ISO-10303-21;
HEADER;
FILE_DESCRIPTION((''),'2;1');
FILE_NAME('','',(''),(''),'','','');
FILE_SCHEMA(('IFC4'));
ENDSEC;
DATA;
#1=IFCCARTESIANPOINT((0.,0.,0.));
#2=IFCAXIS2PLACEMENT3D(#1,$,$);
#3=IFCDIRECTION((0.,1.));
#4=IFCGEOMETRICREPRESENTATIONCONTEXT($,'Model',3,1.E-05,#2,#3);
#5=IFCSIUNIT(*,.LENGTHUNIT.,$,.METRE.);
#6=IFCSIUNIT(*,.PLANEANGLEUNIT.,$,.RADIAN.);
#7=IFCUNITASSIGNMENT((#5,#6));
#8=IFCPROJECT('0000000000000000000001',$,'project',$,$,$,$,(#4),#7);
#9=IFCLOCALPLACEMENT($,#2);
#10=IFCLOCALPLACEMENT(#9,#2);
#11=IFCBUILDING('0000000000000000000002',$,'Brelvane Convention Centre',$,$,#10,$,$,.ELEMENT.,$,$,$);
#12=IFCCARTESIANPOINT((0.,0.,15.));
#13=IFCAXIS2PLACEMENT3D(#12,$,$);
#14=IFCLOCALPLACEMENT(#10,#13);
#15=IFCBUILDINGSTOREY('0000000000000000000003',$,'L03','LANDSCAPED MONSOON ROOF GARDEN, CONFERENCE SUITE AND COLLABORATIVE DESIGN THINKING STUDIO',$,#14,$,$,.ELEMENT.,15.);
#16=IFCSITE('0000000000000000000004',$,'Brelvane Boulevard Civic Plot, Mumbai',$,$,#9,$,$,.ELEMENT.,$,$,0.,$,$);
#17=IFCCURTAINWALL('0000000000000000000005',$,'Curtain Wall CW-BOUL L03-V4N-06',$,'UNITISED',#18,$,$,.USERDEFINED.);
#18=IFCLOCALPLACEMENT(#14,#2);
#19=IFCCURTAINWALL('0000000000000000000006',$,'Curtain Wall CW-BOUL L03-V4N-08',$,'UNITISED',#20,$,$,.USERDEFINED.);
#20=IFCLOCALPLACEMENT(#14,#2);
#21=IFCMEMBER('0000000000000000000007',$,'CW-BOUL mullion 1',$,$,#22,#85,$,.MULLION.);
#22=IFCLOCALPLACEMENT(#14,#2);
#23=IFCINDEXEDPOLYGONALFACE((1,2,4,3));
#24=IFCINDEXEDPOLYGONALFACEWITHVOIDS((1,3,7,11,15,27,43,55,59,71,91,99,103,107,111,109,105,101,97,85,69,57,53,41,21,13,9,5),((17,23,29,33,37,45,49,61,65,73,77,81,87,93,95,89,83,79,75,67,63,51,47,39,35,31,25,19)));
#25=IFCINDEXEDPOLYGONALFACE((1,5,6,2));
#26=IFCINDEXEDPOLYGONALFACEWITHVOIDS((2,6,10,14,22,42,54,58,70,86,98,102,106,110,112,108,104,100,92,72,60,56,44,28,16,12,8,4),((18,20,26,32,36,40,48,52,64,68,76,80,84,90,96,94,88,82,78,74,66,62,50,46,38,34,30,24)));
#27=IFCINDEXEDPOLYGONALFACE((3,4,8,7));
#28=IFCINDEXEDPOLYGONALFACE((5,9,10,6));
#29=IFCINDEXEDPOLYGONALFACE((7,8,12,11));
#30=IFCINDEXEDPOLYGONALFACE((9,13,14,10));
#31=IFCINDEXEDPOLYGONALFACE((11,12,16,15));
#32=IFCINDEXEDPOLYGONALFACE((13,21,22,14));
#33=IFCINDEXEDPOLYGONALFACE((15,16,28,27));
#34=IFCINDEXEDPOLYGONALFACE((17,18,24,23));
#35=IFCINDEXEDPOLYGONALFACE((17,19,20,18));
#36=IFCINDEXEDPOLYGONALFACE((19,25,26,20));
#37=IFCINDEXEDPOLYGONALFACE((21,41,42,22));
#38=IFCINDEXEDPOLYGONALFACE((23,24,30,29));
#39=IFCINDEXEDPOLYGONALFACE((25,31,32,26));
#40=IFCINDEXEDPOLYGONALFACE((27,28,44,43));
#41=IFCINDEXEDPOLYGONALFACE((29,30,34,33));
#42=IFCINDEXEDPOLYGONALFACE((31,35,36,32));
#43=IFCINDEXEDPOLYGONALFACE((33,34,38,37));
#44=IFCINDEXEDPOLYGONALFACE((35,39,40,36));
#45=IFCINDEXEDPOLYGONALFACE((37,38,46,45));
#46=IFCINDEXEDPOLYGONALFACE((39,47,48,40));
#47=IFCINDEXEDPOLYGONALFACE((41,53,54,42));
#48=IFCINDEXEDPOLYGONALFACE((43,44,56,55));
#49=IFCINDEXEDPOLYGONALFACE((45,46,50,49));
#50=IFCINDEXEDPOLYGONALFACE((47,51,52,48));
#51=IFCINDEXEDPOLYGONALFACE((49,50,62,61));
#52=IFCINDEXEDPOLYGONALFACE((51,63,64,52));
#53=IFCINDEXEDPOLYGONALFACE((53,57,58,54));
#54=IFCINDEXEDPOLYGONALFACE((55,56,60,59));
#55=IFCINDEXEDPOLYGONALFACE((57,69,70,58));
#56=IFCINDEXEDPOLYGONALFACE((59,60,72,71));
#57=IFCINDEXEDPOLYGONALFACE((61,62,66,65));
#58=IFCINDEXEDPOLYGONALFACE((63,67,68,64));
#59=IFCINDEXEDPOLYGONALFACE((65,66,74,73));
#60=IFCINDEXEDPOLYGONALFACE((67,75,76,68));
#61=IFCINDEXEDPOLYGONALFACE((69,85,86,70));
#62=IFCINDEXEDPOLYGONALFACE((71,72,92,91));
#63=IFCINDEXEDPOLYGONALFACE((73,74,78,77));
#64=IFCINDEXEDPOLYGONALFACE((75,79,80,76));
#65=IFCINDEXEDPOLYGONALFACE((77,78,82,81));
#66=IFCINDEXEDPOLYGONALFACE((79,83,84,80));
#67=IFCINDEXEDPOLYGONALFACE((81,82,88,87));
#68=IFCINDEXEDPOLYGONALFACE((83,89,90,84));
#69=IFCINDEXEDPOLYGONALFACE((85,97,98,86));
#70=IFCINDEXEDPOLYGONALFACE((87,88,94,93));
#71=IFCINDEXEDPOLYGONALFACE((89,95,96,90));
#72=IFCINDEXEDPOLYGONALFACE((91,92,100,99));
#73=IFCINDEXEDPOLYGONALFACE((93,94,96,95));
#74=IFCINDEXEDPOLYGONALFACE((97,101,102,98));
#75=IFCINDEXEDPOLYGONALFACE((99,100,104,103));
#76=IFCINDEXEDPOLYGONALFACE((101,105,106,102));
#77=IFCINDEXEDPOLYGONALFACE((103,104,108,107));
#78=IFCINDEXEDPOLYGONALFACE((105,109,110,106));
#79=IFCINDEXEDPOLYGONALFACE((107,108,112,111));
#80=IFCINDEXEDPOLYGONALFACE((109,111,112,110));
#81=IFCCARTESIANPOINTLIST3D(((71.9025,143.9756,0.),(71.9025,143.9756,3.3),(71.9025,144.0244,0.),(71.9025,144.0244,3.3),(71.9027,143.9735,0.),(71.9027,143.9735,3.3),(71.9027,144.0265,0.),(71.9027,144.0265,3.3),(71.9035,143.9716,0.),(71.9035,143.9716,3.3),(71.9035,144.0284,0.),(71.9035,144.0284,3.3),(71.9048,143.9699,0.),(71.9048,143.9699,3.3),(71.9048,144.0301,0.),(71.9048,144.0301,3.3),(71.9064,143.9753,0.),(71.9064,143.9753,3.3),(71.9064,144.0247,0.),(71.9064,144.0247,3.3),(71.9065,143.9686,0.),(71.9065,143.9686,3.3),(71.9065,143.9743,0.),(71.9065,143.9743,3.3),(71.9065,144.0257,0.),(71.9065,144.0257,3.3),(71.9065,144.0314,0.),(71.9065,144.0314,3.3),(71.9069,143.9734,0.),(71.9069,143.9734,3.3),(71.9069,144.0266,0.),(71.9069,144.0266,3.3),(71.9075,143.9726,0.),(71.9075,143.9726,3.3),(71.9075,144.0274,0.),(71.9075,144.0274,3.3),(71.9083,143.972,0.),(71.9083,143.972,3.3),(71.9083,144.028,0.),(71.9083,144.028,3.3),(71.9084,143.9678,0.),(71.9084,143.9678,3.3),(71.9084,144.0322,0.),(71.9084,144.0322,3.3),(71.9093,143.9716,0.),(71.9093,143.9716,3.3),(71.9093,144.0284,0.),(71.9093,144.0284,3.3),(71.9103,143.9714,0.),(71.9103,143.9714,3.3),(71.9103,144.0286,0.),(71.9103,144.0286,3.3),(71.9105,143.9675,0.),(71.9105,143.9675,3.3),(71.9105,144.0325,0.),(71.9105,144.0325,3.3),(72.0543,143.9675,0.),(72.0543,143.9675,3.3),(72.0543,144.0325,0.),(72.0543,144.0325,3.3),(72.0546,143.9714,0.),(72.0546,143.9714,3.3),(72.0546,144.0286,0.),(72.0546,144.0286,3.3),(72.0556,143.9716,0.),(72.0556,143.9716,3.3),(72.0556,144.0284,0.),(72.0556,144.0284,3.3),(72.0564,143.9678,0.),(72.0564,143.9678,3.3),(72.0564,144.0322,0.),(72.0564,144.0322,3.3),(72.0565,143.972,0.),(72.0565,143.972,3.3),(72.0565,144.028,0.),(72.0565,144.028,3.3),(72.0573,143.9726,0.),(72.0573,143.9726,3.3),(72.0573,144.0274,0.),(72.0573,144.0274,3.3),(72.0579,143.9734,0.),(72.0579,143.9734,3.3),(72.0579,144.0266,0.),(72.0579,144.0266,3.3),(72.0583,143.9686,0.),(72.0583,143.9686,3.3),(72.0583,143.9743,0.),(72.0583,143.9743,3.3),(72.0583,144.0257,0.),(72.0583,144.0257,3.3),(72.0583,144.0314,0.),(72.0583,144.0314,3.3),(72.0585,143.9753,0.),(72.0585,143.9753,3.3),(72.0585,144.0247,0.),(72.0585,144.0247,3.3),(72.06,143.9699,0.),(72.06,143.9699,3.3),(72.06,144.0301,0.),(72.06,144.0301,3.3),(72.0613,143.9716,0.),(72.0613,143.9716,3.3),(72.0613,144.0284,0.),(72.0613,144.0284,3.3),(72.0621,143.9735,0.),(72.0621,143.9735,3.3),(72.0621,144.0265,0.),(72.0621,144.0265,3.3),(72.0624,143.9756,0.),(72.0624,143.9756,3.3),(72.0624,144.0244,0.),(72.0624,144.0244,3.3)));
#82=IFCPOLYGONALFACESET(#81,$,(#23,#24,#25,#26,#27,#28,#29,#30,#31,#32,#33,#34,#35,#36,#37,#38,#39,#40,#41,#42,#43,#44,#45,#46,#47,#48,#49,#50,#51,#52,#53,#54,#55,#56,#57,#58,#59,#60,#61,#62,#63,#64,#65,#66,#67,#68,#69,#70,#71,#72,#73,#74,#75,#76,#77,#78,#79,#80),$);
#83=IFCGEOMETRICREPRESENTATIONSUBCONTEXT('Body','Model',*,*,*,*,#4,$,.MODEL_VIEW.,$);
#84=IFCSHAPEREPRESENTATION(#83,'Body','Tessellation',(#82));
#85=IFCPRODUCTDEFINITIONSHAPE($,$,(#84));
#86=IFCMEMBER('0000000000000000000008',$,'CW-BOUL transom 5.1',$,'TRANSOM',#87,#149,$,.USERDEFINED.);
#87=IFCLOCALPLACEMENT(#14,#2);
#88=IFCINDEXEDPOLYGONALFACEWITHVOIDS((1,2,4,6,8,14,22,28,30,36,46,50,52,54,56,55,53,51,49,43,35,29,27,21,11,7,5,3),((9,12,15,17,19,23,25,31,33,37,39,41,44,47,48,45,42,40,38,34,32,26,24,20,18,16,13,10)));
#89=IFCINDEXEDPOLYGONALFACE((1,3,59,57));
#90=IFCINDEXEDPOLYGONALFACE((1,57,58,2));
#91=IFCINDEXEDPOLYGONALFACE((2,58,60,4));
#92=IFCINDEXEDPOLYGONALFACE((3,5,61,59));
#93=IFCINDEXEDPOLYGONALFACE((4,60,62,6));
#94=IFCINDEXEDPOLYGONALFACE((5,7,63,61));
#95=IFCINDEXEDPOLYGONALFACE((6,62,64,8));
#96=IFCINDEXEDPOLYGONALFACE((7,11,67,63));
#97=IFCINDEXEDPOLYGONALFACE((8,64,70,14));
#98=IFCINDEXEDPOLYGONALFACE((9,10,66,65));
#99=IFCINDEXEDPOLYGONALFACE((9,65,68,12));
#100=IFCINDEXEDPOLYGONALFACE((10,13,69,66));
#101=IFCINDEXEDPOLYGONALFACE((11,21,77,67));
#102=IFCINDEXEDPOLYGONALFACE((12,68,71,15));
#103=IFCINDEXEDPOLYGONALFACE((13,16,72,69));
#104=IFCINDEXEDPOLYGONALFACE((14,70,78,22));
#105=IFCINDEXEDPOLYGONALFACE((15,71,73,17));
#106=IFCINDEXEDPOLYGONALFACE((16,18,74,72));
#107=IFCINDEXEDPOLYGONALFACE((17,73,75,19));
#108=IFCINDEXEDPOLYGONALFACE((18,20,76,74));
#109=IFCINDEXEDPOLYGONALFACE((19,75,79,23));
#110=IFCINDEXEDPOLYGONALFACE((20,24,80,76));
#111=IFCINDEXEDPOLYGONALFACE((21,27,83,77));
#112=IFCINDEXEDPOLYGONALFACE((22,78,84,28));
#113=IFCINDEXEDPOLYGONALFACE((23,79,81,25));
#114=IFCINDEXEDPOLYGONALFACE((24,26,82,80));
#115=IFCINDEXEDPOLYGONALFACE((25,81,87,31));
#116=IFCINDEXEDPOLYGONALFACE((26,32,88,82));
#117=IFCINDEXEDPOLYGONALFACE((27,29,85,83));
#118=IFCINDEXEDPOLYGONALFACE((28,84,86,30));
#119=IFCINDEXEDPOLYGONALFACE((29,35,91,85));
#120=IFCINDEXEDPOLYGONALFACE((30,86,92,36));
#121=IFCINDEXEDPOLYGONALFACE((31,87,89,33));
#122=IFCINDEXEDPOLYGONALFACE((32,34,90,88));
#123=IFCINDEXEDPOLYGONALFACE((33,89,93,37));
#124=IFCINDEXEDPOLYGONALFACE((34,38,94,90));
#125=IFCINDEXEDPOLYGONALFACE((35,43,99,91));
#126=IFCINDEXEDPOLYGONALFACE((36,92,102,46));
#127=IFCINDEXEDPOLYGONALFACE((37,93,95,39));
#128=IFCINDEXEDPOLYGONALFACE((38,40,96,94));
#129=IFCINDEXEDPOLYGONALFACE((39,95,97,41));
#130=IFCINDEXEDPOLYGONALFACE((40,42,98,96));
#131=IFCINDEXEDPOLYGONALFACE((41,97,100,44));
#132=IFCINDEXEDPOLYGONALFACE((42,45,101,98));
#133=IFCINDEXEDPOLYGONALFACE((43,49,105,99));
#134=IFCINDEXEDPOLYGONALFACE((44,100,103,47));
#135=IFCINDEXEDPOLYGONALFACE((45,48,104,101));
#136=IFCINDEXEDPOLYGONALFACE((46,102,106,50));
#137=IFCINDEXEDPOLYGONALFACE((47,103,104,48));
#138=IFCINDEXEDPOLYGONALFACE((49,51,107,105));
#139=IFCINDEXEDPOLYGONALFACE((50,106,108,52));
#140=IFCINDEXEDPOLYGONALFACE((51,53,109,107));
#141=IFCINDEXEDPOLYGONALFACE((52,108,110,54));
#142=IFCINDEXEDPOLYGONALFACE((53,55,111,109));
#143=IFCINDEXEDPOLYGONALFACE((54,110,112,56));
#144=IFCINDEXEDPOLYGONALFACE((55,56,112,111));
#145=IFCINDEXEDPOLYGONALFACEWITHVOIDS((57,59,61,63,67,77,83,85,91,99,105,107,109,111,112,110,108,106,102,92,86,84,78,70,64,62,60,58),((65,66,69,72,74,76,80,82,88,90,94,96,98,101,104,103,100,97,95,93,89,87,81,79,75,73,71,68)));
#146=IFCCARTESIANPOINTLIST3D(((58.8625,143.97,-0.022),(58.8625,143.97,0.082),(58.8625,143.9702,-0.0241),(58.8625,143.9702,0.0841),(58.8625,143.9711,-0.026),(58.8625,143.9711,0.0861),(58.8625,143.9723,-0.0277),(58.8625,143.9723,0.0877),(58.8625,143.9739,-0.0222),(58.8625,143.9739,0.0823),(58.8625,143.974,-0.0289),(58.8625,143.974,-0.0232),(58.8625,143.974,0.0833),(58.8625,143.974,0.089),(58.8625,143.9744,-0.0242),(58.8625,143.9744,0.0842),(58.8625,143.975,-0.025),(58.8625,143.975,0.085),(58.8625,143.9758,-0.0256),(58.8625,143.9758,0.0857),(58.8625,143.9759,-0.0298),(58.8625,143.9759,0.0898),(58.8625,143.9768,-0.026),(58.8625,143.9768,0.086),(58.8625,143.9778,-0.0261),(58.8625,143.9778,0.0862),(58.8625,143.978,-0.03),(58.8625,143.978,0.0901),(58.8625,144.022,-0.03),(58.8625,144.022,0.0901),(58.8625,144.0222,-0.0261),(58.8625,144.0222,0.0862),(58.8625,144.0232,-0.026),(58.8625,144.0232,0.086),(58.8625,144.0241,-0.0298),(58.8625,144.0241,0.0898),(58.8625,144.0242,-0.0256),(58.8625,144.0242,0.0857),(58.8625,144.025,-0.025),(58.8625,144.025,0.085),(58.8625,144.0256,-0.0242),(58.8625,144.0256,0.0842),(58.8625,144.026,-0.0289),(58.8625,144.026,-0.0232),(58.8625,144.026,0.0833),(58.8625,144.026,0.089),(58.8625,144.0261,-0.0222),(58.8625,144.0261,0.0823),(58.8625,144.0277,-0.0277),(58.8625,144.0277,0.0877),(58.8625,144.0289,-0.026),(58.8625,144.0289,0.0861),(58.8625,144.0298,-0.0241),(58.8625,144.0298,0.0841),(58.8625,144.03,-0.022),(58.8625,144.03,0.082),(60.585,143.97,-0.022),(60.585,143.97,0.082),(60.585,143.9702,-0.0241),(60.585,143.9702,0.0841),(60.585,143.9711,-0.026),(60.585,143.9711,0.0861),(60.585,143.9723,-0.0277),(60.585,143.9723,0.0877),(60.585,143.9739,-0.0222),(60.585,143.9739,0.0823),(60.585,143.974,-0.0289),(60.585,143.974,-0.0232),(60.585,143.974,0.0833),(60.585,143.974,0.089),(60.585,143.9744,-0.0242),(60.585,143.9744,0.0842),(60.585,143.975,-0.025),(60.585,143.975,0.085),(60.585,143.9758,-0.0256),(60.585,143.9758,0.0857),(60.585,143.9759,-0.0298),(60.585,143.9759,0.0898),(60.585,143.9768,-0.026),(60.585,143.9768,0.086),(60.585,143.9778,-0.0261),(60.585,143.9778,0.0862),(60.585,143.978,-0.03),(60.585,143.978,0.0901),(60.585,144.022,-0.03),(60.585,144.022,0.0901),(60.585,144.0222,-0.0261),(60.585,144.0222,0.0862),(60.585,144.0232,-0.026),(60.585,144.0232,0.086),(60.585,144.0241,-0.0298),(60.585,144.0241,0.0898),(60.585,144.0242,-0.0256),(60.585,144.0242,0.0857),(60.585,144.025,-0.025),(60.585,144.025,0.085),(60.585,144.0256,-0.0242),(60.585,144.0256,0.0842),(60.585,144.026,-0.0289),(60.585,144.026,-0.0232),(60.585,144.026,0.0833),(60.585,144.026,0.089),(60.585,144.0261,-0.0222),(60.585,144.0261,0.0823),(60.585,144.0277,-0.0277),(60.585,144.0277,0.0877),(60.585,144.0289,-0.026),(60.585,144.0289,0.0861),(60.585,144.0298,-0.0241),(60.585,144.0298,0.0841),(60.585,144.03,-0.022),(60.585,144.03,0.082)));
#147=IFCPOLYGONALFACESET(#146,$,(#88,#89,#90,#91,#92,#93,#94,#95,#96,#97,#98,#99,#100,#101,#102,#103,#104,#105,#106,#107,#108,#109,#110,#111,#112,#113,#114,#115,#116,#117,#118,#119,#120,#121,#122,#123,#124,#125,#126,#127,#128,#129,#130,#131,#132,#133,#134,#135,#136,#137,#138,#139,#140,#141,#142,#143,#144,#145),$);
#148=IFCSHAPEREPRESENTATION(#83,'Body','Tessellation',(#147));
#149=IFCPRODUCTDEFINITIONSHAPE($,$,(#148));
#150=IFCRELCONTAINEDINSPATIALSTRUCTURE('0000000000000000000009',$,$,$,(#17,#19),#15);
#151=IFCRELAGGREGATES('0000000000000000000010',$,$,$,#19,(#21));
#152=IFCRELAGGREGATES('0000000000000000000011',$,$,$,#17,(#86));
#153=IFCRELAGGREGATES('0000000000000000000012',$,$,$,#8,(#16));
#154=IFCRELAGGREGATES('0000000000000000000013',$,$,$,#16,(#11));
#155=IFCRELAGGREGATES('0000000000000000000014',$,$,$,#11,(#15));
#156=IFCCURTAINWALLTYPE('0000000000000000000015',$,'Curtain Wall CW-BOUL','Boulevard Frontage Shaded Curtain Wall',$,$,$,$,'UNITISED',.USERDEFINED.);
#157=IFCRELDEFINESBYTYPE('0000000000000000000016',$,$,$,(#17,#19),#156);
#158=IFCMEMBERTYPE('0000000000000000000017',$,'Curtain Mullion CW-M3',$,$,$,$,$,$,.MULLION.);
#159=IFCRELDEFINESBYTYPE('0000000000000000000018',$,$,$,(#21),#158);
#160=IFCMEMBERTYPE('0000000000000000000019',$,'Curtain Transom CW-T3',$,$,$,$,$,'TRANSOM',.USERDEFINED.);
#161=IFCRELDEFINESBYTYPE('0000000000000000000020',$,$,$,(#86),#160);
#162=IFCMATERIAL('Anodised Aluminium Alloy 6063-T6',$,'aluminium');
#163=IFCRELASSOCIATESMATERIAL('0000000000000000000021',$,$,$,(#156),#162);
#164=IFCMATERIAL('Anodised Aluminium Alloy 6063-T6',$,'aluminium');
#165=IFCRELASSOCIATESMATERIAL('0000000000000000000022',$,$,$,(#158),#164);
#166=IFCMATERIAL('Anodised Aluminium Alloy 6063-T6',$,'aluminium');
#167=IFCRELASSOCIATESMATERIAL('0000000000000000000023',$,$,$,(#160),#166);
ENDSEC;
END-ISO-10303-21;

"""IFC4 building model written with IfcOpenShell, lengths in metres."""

from ifc_helpers import new_model, si_unit, direction, frame, origin, origin_2d, place, context, subcontext, project, spatial, hollow_rectangle, extrude, material, material_profile, profile_set, type_object, element, aggregate, save


model = new_model("IFC4")

# Units and contexts
model_context = context("Model", 3, precision=1e-05, world=origin(), true_north=direction((0.0, 1.0)))
body_context = subcontext(model_context, "Body", "Model", "MODEL_VIEW")
ifc_project = project(units=[si_unit("LENGTHUNIT", "METRE"), si_unit("PLANEANGLEUNIT", "RADIAN")], contexts=[model_context])

# Site, building, storey
site_placement = place(None, origin())
site = spatial("IfcSite", under=ifc_project, at=site_placement, Name="Brelvane Boulevard Civic Plot, Mumbai", CompositionType="ELEMENT", RefElevation=0.0)
building_placement = place(site_placement, origin())
building = spatial("IfcBuilding", under=site, at=building_placement, Name="Brelvane Convention Centre", CompositionType="ELEMENT")
storey_placement = place(building_placement, frame((0.0, 0.0, 15.0)))
storey = spatial("IfcBuildingStorey", under=building, at=storey_placement, Name="L03", Description="LANDSCAPED MONSOON ROOF GARDEN, CONFERENCE SUITE AND COLLABORATIVE DESIGN THINKING STUDIO", CompositionType="ELEMENT", Elevation=15.0)

# Curtain wall
ifc_material_1 = material(Name="Anodised Aluminium Alloy 6063-T6", Category="aluminium")
curtain_wall_type = type_object("IfcCurtainWallType", Name="Curtain Wall CW-BOUL", Description="Boulevard Frontage Shaded Curtain Wall", ElementType="UNITISED", PredefinedType="USERDEFINED", material=ifc_material_1)
curtain_wall_1_placement = place(storey_placement, origin())
curtain_wall_1 = element("IfcCurtainWall", 1, at=curtain_wall_1_placement, inside=storey, type_object=curtain_wall_type, Name="Curtain Wall CW-BOUL L03-V4N-06", ObjectType="UNITISED", PredefinedType="USERDEFINED")
ifc_material_2 = material(Name="Anodised Aluminium Alloy 6063-T6", Category="aluminium")
ifc_material_profile_1 = material_profile(ifc_material_2, hollow_rectangle(XDim=0.0649, YDim=0.1599, WallThickness=0.0039, InnerFilletRadius=0.0039, OuterFilletRadius=0.0081, at=origin_2d()), Name="ALU-M 160x65x4.0")
ifc_profile_set_1 = profile_set([ifc_material_profile_1], Name="Anodised Aluminium Alloy 6063-T6")
member_type_1 = type_object("IfcMemberType", Name="Curtain Mullion CW-M3", PredefinedType="MULLION", material=ifc_profile_set_1)

# Curtain wall, member
curtain_wall_2_placement = place(storey_placement, origin())
curtain_wall_2 = element("IfcCurtainWall", 2, at=curtain_wall_2_placement, inside=storey, type_object=curtain_wall_type, Name="Curtain Wall CW-BOUL L03-V4N-08", ObjectType="UNITISED", PredefinedType="USERDEFINED")
member_1_placement = place(storey_placement, frame((71.9824, 144.0, 0.0), z_axis=(0.0, 0.0, 1.0), x_axis=(0.0, 1.0, 0.0)))
member_1 = element("IfcMember", 3, at=member_1_placement, type_object=member_type_1, Name="CW-BOUL mullion 1", PredefinedType="MULLION", context=body_context, shape_type="SweptSolid", body=[
    extrude(hollow_rectangle(XDim=0.0649, YDim=0.1599, WallThickness=0.0039, InnerFilletRadius=0.0039, OuterFilletRadius=0.0081, at=origin_2d()), origin(), (0.0, 0.0, 1.0), 3.3),
])

# Member
ifc_material_3 = material(Name="Anodised Aluminium Alloy 6063-T6", Category="aluminium")
ifc_material_profile_2 = material_profile(ifc_material_3, hollow_rectangle(XDim=0.0601, YDim=0.1201, WallThickness=0.0039, InnerFilletRadius=0.0039, OuterFilletRadius=0.0081, at=origin_2d()), Name="ALU-T 120x60x4.0")
ifc_profile_set_2 = profile_set([ifc_material_profile_2], Name="Anodised Aluminium Alloy 6063-T6")
member_type_2 = type_object("IfcMemberType", Name="Curtain Transom CW-T3", ElementType="TRANSOM", PredefinedType="USERDEFINED", material=ifc_profile_set_2)
member_2_placement = place(storey_placement, frame((58.8625, 144.0, 0.03), z_axis=(1.0, 0.0, 0.0), x_axis=(0.0, 1.0, 0.0)))
member_2 = element("IfcMember", 4, at=member_2_placement, type_object=member_type_2, Name="CW-BOUL transom 5.1", ObjectType="TRANSOM", PredefinedType="USERDEFINED", context=body_context, shape_type="SweptSolid", body=[
    extrude(hollow_rectangle(XDim=0.0601, YDim=0.1201, WallThickness=0.0039, InnerFilletRadius=0.0039, OuterFilletRadius=0.0081, at=origin_2d()), origin(), (0.0, 0.0, 1.0), 1.7224),
])
aggregate(curtain_wall_2, [member_1])

aggregate(curtain_wall_1, [member_2])

save(model, "model.ifc")
